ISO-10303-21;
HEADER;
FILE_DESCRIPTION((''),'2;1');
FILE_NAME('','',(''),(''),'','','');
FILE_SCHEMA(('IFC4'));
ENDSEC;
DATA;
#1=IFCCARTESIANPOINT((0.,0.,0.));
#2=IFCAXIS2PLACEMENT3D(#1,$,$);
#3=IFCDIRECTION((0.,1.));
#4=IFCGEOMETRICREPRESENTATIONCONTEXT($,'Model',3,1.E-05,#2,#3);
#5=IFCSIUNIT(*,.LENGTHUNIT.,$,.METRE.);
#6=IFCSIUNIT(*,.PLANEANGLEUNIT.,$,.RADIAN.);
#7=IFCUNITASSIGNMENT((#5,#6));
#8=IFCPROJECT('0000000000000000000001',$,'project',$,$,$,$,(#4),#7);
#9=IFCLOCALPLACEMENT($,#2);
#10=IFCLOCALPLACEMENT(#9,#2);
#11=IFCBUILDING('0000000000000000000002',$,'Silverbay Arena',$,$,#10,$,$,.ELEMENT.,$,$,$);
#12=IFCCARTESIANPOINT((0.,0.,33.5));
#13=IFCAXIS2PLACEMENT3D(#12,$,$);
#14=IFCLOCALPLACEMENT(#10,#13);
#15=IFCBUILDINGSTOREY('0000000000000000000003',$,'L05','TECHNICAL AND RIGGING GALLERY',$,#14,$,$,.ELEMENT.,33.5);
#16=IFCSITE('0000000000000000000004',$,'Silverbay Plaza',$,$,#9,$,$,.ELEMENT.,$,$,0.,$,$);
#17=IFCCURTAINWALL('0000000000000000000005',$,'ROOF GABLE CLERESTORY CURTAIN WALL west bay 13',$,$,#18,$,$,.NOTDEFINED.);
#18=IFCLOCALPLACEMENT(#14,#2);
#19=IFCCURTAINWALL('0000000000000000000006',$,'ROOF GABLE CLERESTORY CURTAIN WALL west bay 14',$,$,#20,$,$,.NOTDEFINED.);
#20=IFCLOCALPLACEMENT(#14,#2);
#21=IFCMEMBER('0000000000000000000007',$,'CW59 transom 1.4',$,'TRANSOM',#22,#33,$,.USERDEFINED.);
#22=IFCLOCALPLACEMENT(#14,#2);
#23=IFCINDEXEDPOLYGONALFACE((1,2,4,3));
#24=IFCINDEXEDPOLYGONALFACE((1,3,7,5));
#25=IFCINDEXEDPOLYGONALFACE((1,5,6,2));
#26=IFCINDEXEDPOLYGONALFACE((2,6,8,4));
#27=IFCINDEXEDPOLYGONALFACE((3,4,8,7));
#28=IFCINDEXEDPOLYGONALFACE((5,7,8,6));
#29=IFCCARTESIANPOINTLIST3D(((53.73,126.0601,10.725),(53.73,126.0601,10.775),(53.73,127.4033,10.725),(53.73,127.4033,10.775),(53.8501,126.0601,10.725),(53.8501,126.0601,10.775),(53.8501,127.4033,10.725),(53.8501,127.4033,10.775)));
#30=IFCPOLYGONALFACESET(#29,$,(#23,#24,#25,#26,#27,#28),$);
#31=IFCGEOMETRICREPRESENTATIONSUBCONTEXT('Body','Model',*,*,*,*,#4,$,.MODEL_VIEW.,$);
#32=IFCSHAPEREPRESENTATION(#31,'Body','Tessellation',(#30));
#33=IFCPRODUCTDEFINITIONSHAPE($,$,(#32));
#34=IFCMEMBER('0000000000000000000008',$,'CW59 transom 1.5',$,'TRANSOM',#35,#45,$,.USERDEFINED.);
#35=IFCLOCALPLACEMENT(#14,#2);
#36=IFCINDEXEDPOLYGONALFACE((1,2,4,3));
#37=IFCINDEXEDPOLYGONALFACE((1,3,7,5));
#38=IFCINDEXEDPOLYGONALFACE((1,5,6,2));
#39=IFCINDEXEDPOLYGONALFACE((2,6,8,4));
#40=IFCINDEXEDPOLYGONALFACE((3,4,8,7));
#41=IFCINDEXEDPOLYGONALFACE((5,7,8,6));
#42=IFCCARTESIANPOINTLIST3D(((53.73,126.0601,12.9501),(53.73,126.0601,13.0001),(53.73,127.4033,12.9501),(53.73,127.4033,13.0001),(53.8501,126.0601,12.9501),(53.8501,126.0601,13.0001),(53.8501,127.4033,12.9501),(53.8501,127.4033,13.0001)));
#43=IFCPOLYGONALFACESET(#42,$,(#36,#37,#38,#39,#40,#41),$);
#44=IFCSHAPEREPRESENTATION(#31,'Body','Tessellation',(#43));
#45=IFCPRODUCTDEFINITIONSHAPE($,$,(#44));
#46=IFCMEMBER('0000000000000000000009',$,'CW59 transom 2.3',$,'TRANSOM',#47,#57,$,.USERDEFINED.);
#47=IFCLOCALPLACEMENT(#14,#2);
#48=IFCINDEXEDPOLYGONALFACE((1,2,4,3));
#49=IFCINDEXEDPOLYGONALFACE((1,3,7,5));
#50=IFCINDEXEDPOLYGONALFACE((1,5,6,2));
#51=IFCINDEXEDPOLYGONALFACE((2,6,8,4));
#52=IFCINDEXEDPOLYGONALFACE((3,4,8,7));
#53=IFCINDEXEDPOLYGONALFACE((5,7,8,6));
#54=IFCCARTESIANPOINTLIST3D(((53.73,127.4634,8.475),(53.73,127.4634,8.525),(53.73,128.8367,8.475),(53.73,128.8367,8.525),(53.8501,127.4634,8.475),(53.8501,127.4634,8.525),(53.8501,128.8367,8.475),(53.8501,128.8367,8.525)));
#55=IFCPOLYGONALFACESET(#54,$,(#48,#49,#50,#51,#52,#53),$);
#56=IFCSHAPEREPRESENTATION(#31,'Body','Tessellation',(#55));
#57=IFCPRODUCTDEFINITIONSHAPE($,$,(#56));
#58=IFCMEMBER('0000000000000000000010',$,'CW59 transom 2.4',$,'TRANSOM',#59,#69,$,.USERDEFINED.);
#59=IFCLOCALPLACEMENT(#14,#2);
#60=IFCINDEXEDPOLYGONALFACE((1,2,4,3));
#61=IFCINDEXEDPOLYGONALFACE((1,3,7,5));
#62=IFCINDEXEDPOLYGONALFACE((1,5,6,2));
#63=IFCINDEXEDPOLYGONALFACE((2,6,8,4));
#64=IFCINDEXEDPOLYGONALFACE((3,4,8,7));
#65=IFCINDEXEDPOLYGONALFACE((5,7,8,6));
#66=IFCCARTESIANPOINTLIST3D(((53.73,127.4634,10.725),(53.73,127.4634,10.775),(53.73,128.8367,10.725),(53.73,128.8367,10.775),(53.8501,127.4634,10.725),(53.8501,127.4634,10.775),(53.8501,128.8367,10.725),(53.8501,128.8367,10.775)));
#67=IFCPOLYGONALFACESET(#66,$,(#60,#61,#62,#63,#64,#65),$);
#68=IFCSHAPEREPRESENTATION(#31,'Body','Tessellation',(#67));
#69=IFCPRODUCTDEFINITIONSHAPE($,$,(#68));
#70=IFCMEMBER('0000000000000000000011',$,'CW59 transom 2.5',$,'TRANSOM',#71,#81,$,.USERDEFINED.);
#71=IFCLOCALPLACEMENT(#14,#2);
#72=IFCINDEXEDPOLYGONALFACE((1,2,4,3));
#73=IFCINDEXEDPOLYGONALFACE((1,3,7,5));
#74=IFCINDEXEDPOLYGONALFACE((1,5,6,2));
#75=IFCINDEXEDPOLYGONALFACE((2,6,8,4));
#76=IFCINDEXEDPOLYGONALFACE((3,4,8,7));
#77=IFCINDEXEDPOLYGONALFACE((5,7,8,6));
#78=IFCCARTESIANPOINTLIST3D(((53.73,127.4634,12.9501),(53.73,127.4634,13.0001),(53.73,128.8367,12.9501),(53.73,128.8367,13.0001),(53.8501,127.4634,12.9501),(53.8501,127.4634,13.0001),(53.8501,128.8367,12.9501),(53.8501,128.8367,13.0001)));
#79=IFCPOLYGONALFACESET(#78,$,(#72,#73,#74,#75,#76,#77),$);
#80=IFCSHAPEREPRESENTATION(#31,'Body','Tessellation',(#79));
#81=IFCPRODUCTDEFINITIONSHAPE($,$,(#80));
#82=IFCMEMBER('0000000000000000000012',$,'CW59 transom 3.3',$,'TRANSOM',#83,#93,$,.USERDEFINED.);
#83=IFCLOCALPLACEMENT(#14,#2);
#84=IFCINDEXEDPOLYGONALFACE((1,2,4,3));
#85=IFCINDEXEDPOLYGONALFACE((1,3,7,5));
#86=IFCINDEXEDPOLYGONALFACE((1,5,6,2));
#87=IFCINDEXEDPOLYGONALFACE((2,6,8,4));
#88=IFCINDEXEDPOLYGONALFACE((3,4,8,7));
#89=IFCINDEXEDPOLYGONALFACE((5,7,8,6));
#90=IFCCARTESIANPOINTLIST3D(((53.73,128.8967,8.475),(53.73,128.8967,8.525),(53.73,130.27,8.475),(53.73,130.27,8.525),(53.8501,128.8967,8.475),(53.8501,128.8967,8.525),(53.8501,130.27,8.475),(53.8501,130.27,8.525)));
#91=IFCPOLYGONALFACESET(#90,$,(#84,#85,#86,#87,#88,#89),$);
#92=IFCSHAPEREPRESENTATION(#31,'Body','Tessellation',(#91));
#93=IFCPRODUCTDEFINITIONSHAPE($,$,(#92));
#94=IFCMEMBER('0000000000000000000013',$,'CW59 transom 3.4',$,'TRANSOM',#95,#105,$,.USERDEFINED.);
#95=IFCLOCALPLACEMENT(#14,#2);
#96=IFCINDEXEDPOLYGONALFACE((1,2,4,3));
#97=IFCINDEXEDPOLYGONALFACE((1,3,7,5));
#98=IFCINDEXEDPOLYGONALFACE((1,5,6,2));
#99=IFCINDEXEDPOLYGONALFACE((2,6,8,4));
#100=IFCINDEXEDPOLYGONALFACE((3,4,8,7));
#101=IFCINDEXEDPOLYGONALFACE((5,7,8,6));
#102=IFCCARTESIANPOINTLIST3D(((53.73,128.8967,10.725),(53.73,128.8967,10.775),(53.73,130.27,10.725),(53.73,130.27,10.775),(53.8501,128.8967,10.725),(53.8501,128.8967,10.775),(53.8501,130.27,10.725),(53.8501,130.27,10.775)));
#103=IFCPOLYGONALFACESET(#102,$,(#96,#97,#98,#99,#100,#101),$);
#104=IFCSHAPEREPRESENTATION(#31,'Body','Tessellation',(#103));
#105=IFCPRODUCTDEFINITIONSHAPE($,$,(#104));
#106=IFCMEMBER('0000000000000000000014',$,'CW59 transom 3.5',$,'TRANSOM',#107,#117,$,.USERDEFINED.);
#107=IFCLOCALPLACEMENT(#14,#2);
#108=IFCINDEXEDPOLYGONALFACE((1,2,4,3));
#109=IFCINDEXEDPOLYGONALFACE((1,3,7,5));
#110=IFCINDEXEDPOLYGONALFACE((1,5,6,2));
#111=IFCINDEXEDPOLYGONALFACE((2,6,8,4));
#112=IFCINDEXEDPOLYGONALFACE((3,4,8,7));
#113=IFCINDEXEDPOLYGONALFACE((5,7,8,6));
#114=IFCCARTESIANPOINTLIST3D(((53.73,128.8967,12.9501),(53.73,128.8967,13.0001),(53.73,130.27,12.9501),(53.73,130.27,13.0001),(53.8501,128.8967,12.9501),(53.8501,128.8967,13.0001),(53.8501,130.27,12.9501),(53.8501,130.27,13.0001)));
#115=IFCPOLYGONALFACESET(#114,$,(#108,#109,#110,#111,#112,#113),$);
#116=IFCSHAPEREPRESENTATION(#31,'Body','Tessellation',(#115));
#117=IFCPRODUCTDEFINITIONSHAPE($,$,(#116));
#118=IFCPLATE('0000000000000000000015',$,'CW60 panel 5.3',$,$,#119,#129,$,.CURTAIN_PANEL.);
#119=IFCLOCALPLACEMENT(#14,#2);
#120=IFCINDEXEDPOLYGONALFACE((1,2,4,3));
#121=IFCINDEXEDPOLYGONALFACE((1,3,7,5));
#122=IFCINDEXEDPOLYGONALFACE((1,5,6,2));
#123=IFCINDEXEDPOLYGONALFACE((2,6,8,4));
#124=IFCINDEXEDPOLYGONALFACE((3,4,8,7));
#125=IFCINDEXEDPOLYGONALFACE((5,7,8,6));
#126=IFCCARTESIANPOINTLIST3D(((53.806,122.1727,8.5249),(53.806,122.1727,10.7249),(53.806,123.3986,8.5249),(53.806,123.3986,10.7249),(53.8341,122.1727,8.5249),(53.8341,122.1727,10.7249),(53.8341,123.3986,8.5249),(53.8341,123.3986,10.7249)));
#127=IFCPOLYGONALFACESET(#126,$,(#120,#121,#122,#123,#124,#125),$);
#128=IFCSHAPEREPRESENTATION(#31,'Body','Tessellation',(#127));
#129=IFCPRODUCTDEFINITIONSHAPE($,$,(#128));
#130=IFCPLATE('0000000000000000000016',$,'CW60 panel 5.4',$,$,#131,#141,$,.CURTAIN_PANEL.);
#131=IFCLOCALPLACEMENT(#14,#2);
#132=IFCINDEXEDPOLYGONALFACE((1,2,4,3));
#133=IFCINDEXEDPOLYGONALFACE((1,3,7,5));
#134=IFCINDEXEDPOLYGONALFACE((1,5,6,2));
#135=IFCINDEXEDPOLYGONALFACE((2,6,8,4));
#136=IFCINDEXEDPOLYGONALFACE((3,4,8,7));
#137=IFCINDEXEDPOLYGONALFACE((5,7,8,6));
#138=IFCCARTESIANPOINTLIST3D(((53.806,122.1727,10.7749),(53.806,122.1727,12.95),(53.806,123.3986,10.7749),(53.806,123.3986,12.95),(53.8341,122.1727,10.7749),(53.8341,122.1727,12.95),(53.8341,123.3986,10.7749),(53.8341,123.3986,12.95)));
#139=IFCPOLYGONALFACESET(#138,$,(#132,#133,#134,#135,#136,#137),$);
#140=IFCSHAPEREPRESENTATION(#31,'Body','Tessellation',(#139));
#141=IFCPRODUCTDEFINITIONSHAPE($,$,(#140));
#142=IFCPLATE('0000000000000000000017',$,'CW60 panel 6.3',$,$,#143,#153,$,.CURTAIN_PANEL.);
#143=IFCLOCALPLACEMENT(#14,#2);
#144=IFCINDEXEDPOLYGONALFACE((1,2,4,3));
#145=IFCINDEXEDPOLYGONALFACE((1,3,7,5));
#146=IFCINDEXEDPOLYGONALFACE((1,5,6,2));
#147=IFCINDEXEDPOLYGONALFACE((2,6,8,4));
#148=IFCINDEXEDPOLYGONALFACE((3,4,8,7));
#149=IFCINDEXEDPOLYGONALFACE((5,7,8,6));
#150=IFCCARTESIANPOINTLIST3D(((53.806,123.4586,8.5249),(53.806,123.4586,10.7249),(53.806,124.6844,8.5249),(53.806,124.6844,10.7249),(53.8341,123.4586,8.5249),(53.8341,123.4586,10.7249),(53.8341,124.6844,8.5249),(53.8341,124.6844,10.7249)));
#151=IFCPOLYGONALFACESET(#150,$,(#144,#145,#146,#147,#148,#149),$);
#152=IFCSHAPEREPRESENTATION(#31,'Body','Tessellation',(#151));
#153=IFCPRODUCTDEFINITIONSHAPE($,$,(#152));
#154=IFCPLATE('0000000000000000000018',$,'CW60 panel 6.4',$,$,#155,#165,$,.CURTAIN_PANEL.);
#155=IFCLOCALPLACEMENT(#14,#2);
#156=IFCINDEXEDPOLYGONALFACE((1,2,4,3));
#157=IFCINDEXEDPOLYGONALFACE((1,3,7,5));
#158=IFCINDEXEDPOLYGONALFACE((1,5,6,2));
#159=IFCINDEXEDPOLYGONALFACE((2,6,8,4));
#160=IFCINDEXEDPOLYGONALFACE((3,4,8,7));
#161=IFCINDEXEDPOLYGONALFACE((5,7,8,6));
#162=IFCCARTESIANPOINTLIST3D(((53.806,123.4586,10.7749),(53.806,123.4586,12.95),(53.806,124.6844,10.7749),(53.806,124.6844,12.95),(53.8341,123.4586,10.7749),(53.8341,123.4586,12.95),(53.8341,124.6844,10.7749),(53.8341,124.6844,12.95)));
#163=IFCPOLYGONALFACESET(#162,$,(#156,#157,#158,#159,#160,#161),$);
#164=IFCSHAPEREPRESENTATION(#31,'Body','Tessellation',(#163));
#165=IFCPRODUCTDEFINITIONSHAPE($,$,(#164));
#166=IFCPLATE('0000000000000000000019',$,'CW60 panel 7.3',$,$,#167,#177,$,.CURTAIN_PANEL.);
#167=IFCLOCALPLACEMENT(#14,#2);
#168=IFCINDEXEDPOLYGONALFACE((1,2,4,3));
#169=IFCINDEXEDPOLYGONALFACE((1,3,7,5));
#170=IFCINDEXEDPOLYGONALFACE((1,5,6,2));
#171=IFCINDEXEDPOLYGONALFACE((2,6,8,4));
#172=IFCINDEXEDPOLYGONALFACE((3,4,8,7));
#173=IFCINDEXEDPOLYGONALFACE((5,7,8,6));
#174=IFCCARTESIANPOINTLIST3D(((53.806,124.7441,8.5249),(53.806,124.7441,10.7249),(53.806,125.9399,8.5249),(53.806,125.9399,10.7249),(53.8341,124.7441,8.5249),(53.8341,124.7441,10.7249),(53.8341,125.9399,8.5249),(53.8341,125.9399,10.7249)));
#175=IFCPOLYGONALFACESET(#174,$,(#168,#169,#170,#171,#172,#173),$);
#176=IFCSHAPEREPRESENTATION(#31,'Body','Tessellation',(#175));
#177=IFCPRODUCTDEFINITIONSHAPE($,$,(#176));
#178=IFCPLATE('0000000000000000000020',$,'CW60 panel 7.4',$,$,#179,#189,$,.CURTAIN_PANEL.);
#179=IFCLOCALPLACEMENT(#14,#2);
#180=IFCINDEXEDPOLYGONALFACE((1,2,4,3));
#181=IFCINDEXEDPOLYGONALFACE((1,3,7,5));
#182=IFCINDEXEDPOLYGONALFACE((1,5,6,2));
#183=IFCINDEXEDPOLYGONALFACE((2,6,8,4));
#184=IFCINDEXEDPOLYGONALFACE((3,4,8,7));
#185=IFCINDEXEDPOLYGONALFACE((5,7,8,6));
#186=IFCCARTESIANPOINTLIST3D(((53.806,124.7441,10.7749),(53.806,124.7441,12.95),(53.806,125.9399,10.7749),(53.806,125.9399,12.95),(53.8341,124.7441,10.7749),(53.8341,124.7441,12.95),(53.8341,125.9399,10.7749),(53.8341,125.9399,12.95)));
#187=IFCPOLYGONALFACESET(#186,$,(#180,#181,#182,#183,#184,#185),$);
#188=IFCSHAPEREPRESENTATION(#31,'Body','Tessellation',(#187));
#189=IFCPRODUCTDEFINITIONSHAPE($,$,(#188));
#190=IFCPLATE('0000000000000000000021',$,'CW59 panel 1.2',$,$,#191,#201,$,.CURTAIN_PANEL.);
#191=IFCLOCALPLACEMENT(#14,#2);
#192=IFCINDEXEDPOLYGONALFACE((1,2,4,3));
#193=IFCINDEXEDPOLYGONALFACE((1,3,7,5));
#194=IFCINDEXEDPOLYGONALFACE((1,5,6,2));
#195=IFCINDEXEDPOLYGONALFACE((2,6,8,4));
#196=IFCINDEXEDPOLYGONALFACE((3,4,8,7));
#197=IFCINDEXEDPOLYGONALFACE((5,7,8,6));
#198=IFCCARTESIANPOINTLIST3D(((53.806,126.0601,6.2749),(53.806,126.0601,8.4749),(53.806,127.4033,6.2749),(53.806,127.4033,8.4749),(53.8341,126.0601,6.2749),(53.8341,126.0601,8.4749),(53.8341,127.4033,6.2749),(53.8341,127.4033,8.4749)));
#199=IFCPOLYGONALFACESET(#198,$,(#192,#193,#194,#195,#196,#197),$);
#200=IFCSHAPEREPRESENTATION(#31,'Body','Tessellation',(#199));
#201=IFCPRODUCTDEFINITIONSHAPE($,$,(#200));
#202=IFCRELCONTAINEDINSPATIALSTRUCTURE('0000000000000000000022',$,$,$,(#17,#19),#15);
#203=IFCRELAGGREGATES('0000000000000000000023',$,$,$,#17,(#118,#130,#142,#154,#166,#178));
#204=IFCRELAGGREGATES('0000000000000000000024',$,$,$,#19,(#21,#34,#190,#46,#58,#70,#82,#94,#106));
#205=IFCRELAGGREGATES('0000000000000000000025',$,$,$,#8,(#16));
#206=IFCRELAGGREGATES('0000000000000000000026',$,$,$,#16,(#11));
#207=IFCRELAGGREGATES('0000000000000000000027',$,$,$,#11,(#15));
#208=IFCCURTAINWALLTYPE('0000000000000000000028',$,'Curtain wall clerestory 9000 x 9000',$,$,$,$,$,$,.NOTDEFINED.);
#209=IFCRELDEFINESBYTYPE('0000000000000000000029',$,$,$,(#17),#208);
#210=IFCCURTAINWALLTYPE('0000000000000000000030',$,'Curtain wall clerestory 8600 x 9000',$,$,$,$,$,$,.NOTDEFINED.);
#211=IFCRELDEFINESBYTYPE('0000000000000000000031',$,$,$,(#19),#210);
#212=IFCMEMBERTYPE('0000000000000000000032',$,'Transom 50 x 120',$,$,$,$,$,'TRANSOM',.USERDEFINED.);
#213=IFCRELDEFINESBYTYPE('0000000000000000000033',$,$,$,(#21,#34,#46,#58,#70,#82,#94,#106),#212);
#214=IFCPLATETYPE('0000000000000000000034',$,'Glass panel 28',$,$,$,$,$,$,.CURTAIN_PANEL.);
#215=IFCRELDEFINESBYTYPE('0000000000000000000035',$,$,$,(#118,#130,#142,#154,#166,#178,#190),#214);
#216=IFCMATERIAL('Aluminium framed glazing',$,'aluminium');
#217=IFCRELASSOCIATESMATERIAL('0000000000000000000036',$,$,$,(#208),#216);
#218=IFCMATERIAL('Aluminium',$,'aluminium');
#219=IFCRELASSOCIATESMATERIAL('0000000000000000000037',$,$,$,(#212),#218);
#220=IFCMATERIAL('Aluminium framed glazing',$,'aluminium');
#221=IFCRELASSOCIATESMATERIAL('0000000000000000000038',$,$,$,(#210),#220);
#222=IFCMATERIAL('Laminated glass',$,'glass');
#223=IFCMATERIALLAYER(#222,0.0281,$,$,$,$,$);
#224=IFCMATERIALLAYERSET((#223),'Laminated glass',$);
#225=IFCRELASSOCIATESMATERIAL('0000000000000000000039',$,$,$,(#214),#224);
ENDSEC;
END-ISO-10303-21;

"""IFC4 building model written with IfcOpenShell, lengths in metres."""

from ifc_helpers import new_model, si_unit, direction, frame, origin, origin_2d, place, context, subcontext, project, spatial, rectangle, extrude, material, layer, layer_set, material_profile, profile_set, type_object, element, aggregate, save


model = new_model("IFC4")

# Units and contexts
model_context = context("Model", 3, precision=1e-05, world=origin(), true_north=direction((0.0, 1.0)))
body_context = subcontext(model_context, "Body", "Model", "MODEL_VIEW")
ifc_project = project(units=[si_unit("LENGTHUNIT", "METRE"), si_unit("PLANEANGLEUNIT", "RADIAN")], contexts=[model_context])

# Site, building, storey
site_placement = place(None, origin())
site = spatial("IfcSite", under=ifc_project, at=site_placement, Name="Silverbay Plaza", CompositionType="ELEMENT", RefElevation=0.0)
building_placement = place(site_placement, origin())
building = spatial("IfcBuilding", under=site, at=building_placement, Name="Silverbay Arena", CompositionType="ELEMENT")
storey_placement = place(building_placement, frame((0.0, 0.0, 33.5)))
storey = spatial("IfcBuildingStorey", under=building, at=storey_placement, Name="L05", Description="TECHNICAL AND RIGGING GALLERY", CompositionType="ELEMENT", Elevation=33.5)

# Curtain walls, members
ifc_material_1 = material(Name="Aluminium framed glazing", Category="aluminium")
curtain_wall_type_1 = type_object("IfcCurtainWallType", Name="Curtain wall clerestory 9000 x 9000", PredefinedType="NOTDEFINED", material=ifc_material_1)
curtain_wall_1_placement = place(storey_placement, origin())
curtain_wall_1 = element("IfcCurtainWall", 1, at=curtain_wall_1_placement, inside=storey, type_object=curtain_wall_type_1, Name="ROOF GABLE CLERESTORY CURTAIN WALL west bay 13", PredefinedType="NOTDEFINED")
ifc_material_2 = material(Name="Aluminium", Category="aluminium")
ifc_material_profile_1 = material_profile(ifc_material_2, rectangle(XDim=0.1201, YDim=0.05, at=origin_2d()), Name="Transom 50 x 120")
ifc_profile_set_1 = profile_set([ifc_material_profile_1], Name="Aluminium")
member_type_1 = type_object("IfcMemberType", Name="Transom 50 x 120", ElementType="TRANSOM", PredefinedType="USERDEFINED", material=ifc_profile_set_1)
ifc_material_3 = material(Name="Aluminium framed glazing", Category="aluminium")
curtain_wall_type_2 = type_object("IfcCurtainWallType", Name="Curtain wall clerestory 8600 x 9000", PredefinedType="NOTDEFINED", material=ifc_material_3)
curtain_wall_2_placement = place(storey_placement, origin())
curtain_wall_2 = element("IfcCurtainWall", 2, at=curtain_wall_2_placement, inside=storey, type_object=curtain_wall_type_2, Name="ROOF GABLE CLERESTORY CURTAIN WALL west bay 14", PredefinedType="NOTDEFINED")
member_1_placement = place(storey_placement, frame((53.79, 126.0601, 10.75), z_axis=(0.0, 1.0, 0.0), x_axis=(-1.0, 0.0, 0.0)))
member_1 = element("IfcMember", 3, at=member_1_placement, type_object=member_type_1, Name="CW59 transom 1.4", ObjectType="TRANSOM", PredefinedType="USERDEFINED", context=body_context, shape_type="SweptSolid", body=[
    extrude(rectangle(XDim=0.1201, YDim=0.05, at=origin_2d()), origin(), (0.0, 0.0, 1.0), 1.3433),
])
member_2_placement = place(storey_placement, frame((53.79, 126.0601, 12.9751), z_axis=(0.0, 1.0, 0.0), x_axis=(-1.0, 0.0, 0.0)))
member_2 = element("IfcMember", 4, at=member_2_placement, type_object=member_type_1, Name="CW59 transom 1.5", ObjectType="TRANSOM", PredefinedType="USERDEFINED", context=body_context, shape_type="SweptSolid", body=[
    extrude(rectangle(XDim=0.1201, YDim=0.05, at=origin_2d()), origin(), (0.0, 0.0, 1.0), 1.3433),
])
member_3_placement = place(storey_placement, frame((53.79, 127.4634, 8.5), z_axis=(0.0, 1.0, 0.0), x_axis=(-1.0, 0.0, 0.0)))
member_3 = element("IfcMember", 5, at=member_3_placement, type_object=member_type_1, Name="CW59 transom 2.3", ObjectType="TRANSOM", PredefinedType="USERDEFINED", context=body_context, shape_type="SweptSolid", body=[
    extrude(rectangle(XDim=0.1201, YDim=0.05, at=origin_2d()), origin(), (0.0, 0.0, 1.0), 1.3733),
])
member_4_placement = place(storey_placement, frame((53.79, 127.4634, 10.75), z_axis=(0.0, 1.0, 0.0), x_axis=(-1.0, 0.0, 0.0)))
member_4 = element("IfcMember", 6, at=member_4_placement, type_object=member_type_1, Name="CW59 transom 2.4", ObjectType="TRANSOM", PredefinedType="USERDEFINED", context=body_context, shape_type="SweptSolid", body=[
    extrude(rectangle(XDim=0.1201, YDim=0.05, at=origin_2d()), origin(), (0.0, 0.0, 1.0), 1.3733),
])
member_5_placement = place(storey_placement, frame((53.79, 127.4634, 12.9751), z_axis=(0.0, 1.0, 0.0), x_axis=(-1.0, 0.0, 0.0)))
member_5 = element("IfcMember", 7, at=member_5_placement, type_object=member_type_1, Name="CW59 transom 2.5", ObjectType="TRANSOM", PredefinedType="USERDEFINED", context=body_context, shape_type="SweptSolid", body=[
    extrude(rectangle(XDim=0.1201, YDim=0.05, at=origin_2d()), origin(), (0.0, 0.0, 1.0), 1.3733),
])
member_6_placement = place(storey_placement, frame((53.79, 128.8967, 8.5), z_axis=(0.0, 1.0, 0.0), x_axis=(-1.0, 0.0, 0.0)))
member_6 = element("IfcMember", 8, at=member_6_placement, type_object=member_type_1, Name="CW59 transom 3.3", ObjectType="TRANSOM", PredefinedType="USERDEFINED", context=body_context, shape_type="SweptSolid", body=[
    extrude(rectangle(XDim=0.1201, YDim=0.05, at=origin_2d()), origin(), (0.0, 0.0, 1.0), 1.3733),
])
member_7_placement = place(storey_placement, frame((53.79, 128.8967, 10.75), z_axis=(0.0, 1.0, 0.0), x_axis=(-1.0, 0.0, 0.0)))
member_7 = element("IfcMember", 9, at=member_7_placement, type_object=member_type_1, Name="CW59 transom 3.4", ObjectType="TRANSOM", PredefinedType="USERDEFINED", context=body_context, shape_type="SweptSolid", body=[
    extrude(rectangle(XDim=0.1201, YDim=0.05, at=origin_2d()), origin(), (0.0, 0.0, 1.0), 1.3733),
])
member_8_placement = place(storey_placement, frame((53.79, 128.8967, 12.9751), z_axis=(0.0, 1.0, 0.0), x_axis=(-1.0, 0.0, 0.0)))
member_8 = element("IfcMember", 10, at=member_8_placement, type_object=member_type_1, Name="CW59 transom 3.5", ObjectType="TRANSOM", PredefinedType="USERDEFINED", context=body_context, shape_type="SweptSolid", body=[
    extrude(rectangle(XDim=0.1201, YDim=0.05, at=origin_2d()), origin(), (0.0, 0.0, 1.0), 1.3733),
])

# Plates
ifc_material_4 = material(Name="Laminated glass", Category="glass")
ifc_layer = layer(ifc_material_4, 0.0281)
ifc_layer_set = layer_set([ifc_layer], Name="Laminated glass")
plate_type = type_object("IfcPlateType", Name="Glass panel 28", PredefinedType="CURTAIN_PANEL", material=ifc_layer_set)
plate_1_placement = place(storey_placement, frame((53.8201, 122.7856, 8.5249), z_axis=(0.0, 0.0, 1.0), x_axis=(0.0, 1.0, 0.0)))
plate_1 = element("IfcPlate", 11, at=plate_1_placement, type_object=plate_type, Name="CW60 panel 5.3", PredefinedType="CURTAIN_PANEL", context=body_context, shape_type="SweptSolid", body=[
    extrude(rectangle(XDim=1.2258, YDim=0.0281, at=origin_2d()), origin(), (0.0, 0.0, 1.0), 2.2),
])
plate_2_placement = place(storey_placement, frame((53.8201, 122.7856, 10.7749), z_axis=(0.0, 0.0, 1.0), x_axis=(0.0, 1.0, 0.0)))
plate_2 = element("IfcPlate", 12, at=plate_2_placement, type_object=plate_type, Name="CW60 panel 5.4", PredefinedType="CURTAIN_PANEL", context=body_context, shape_type="SweptSolid", body=[
    extrude(rectangle(XDim=1.2258, YDim=0.0281, at=origin_2d()), origin(), (0.0, 0.0, 1.0), 2.175),
])
plate_3_placement = place(storey_placement, frame((53.8201, 124.0715, 8.5249), z_axis=(0.0, 0.0, 1.0), x_axis=(0.0, 1.0, 0.0)))
plate_3 = element("IfcPlate", 13, at=plate_3_placement, type_object=plate_type, Name="CW60 panel 6.3", PredefinedType="CURTAIN_PANEL", context=body_context, shape_type="SweptSolid", body=[
    extrude(rectangle(XDim=1.2258, YDim=0.0281, at=origin_2d()), origin(), (0.0, 0.0, 1.0), 2.2),
])
plate_4_placement = place(storey_placement, frame((53.8201, 124.0715, 10.7749), z_axis=(0.0, 0.0, 1.0), x_axis=(0.0, 1.0, 0.0)))
plate_4 = element("IfcPlate", 14, at=plate_4_placement, type_object=plate_type, Name="CW60 panel 6.4", PredefinedType="CURTAIN_PANEL", context=body_context, shape_type="SweptSolid", body=[
    extrude(rectangle(XDim=1.2258, YDim=0.0281, at=origin_2d()), origin(), (0.0, 0.0, 1.0), 2.175),
])
plate_5_placement = place(storey_placement, frame((53.8201, 125.342, 8.5249), z_axis=(0.0, 0.0, 1.0), x_axis=(0.0, 1.0, 0.0)))
plate_5 = element("IfcPlate", 15, at=plate_5_placement, type_object=plate_type, Name="CW60 panel 7.3", PredefinedType="CURTAIN_PANEL", context=body_context, shape_type="SweptSolid", body=[
    extrude(rectangle(XDim=1.1958, YDim=0.0281, at=origin_2d()), origin(), (0.0, 0.0, 1.0), 2.2),
])
plate_6_placement = place(storey_placement, frame((53.8201, 125.342, 10.7749), z_axis=(0.0, 0.0, 1.0), x_axis=(0.0, 1.0, 0.0)))
plate_6 = element("IfcPlate", 16, at=plate_6_placement, type_object=plate_type, Name="CW60 panel 7.4", PredefinedType="CURTAIN_PANEL", context=body_context, shape_type="SweptSolid", body=[
    extrude(rectangle(XDim=1.1958, YDim=0.0281, at=origin_2d()), origin(), (0.0, 0.0, 1.0), 2.175),
])
aggregate(curtain_wall_1, [plate_1, plate_2, plate_3, plate_4, plate_5, plate_6])
plate_7_placement = place(storey_placement, frame((53.8201, 126.7317, 6.2749), z_axis=(0.0, 0.0, 1.0), x_axis=(0.0, 1.0, 0.0)))
plate_7 = element("IfcPlate", 17, at=plate_7_placement, type_object=plate_type, Name="CW59 panel 1.2", PredefinedType="CURTAIN_PANEL", context=body_context, shape_type="SweptSolid", body=[
    extrude(rectangle(XDim=1.3433, YDim=0.0281, at=origin_2d()), origin(), (0.0, 0.0, 1.0), 2.2),
])
aggregate(curtain_wall_2, [member_1, member_2, plate_7, member_3, member_4, member_5, member_6, member_7, member_8])

save(model, "model.ifc")
